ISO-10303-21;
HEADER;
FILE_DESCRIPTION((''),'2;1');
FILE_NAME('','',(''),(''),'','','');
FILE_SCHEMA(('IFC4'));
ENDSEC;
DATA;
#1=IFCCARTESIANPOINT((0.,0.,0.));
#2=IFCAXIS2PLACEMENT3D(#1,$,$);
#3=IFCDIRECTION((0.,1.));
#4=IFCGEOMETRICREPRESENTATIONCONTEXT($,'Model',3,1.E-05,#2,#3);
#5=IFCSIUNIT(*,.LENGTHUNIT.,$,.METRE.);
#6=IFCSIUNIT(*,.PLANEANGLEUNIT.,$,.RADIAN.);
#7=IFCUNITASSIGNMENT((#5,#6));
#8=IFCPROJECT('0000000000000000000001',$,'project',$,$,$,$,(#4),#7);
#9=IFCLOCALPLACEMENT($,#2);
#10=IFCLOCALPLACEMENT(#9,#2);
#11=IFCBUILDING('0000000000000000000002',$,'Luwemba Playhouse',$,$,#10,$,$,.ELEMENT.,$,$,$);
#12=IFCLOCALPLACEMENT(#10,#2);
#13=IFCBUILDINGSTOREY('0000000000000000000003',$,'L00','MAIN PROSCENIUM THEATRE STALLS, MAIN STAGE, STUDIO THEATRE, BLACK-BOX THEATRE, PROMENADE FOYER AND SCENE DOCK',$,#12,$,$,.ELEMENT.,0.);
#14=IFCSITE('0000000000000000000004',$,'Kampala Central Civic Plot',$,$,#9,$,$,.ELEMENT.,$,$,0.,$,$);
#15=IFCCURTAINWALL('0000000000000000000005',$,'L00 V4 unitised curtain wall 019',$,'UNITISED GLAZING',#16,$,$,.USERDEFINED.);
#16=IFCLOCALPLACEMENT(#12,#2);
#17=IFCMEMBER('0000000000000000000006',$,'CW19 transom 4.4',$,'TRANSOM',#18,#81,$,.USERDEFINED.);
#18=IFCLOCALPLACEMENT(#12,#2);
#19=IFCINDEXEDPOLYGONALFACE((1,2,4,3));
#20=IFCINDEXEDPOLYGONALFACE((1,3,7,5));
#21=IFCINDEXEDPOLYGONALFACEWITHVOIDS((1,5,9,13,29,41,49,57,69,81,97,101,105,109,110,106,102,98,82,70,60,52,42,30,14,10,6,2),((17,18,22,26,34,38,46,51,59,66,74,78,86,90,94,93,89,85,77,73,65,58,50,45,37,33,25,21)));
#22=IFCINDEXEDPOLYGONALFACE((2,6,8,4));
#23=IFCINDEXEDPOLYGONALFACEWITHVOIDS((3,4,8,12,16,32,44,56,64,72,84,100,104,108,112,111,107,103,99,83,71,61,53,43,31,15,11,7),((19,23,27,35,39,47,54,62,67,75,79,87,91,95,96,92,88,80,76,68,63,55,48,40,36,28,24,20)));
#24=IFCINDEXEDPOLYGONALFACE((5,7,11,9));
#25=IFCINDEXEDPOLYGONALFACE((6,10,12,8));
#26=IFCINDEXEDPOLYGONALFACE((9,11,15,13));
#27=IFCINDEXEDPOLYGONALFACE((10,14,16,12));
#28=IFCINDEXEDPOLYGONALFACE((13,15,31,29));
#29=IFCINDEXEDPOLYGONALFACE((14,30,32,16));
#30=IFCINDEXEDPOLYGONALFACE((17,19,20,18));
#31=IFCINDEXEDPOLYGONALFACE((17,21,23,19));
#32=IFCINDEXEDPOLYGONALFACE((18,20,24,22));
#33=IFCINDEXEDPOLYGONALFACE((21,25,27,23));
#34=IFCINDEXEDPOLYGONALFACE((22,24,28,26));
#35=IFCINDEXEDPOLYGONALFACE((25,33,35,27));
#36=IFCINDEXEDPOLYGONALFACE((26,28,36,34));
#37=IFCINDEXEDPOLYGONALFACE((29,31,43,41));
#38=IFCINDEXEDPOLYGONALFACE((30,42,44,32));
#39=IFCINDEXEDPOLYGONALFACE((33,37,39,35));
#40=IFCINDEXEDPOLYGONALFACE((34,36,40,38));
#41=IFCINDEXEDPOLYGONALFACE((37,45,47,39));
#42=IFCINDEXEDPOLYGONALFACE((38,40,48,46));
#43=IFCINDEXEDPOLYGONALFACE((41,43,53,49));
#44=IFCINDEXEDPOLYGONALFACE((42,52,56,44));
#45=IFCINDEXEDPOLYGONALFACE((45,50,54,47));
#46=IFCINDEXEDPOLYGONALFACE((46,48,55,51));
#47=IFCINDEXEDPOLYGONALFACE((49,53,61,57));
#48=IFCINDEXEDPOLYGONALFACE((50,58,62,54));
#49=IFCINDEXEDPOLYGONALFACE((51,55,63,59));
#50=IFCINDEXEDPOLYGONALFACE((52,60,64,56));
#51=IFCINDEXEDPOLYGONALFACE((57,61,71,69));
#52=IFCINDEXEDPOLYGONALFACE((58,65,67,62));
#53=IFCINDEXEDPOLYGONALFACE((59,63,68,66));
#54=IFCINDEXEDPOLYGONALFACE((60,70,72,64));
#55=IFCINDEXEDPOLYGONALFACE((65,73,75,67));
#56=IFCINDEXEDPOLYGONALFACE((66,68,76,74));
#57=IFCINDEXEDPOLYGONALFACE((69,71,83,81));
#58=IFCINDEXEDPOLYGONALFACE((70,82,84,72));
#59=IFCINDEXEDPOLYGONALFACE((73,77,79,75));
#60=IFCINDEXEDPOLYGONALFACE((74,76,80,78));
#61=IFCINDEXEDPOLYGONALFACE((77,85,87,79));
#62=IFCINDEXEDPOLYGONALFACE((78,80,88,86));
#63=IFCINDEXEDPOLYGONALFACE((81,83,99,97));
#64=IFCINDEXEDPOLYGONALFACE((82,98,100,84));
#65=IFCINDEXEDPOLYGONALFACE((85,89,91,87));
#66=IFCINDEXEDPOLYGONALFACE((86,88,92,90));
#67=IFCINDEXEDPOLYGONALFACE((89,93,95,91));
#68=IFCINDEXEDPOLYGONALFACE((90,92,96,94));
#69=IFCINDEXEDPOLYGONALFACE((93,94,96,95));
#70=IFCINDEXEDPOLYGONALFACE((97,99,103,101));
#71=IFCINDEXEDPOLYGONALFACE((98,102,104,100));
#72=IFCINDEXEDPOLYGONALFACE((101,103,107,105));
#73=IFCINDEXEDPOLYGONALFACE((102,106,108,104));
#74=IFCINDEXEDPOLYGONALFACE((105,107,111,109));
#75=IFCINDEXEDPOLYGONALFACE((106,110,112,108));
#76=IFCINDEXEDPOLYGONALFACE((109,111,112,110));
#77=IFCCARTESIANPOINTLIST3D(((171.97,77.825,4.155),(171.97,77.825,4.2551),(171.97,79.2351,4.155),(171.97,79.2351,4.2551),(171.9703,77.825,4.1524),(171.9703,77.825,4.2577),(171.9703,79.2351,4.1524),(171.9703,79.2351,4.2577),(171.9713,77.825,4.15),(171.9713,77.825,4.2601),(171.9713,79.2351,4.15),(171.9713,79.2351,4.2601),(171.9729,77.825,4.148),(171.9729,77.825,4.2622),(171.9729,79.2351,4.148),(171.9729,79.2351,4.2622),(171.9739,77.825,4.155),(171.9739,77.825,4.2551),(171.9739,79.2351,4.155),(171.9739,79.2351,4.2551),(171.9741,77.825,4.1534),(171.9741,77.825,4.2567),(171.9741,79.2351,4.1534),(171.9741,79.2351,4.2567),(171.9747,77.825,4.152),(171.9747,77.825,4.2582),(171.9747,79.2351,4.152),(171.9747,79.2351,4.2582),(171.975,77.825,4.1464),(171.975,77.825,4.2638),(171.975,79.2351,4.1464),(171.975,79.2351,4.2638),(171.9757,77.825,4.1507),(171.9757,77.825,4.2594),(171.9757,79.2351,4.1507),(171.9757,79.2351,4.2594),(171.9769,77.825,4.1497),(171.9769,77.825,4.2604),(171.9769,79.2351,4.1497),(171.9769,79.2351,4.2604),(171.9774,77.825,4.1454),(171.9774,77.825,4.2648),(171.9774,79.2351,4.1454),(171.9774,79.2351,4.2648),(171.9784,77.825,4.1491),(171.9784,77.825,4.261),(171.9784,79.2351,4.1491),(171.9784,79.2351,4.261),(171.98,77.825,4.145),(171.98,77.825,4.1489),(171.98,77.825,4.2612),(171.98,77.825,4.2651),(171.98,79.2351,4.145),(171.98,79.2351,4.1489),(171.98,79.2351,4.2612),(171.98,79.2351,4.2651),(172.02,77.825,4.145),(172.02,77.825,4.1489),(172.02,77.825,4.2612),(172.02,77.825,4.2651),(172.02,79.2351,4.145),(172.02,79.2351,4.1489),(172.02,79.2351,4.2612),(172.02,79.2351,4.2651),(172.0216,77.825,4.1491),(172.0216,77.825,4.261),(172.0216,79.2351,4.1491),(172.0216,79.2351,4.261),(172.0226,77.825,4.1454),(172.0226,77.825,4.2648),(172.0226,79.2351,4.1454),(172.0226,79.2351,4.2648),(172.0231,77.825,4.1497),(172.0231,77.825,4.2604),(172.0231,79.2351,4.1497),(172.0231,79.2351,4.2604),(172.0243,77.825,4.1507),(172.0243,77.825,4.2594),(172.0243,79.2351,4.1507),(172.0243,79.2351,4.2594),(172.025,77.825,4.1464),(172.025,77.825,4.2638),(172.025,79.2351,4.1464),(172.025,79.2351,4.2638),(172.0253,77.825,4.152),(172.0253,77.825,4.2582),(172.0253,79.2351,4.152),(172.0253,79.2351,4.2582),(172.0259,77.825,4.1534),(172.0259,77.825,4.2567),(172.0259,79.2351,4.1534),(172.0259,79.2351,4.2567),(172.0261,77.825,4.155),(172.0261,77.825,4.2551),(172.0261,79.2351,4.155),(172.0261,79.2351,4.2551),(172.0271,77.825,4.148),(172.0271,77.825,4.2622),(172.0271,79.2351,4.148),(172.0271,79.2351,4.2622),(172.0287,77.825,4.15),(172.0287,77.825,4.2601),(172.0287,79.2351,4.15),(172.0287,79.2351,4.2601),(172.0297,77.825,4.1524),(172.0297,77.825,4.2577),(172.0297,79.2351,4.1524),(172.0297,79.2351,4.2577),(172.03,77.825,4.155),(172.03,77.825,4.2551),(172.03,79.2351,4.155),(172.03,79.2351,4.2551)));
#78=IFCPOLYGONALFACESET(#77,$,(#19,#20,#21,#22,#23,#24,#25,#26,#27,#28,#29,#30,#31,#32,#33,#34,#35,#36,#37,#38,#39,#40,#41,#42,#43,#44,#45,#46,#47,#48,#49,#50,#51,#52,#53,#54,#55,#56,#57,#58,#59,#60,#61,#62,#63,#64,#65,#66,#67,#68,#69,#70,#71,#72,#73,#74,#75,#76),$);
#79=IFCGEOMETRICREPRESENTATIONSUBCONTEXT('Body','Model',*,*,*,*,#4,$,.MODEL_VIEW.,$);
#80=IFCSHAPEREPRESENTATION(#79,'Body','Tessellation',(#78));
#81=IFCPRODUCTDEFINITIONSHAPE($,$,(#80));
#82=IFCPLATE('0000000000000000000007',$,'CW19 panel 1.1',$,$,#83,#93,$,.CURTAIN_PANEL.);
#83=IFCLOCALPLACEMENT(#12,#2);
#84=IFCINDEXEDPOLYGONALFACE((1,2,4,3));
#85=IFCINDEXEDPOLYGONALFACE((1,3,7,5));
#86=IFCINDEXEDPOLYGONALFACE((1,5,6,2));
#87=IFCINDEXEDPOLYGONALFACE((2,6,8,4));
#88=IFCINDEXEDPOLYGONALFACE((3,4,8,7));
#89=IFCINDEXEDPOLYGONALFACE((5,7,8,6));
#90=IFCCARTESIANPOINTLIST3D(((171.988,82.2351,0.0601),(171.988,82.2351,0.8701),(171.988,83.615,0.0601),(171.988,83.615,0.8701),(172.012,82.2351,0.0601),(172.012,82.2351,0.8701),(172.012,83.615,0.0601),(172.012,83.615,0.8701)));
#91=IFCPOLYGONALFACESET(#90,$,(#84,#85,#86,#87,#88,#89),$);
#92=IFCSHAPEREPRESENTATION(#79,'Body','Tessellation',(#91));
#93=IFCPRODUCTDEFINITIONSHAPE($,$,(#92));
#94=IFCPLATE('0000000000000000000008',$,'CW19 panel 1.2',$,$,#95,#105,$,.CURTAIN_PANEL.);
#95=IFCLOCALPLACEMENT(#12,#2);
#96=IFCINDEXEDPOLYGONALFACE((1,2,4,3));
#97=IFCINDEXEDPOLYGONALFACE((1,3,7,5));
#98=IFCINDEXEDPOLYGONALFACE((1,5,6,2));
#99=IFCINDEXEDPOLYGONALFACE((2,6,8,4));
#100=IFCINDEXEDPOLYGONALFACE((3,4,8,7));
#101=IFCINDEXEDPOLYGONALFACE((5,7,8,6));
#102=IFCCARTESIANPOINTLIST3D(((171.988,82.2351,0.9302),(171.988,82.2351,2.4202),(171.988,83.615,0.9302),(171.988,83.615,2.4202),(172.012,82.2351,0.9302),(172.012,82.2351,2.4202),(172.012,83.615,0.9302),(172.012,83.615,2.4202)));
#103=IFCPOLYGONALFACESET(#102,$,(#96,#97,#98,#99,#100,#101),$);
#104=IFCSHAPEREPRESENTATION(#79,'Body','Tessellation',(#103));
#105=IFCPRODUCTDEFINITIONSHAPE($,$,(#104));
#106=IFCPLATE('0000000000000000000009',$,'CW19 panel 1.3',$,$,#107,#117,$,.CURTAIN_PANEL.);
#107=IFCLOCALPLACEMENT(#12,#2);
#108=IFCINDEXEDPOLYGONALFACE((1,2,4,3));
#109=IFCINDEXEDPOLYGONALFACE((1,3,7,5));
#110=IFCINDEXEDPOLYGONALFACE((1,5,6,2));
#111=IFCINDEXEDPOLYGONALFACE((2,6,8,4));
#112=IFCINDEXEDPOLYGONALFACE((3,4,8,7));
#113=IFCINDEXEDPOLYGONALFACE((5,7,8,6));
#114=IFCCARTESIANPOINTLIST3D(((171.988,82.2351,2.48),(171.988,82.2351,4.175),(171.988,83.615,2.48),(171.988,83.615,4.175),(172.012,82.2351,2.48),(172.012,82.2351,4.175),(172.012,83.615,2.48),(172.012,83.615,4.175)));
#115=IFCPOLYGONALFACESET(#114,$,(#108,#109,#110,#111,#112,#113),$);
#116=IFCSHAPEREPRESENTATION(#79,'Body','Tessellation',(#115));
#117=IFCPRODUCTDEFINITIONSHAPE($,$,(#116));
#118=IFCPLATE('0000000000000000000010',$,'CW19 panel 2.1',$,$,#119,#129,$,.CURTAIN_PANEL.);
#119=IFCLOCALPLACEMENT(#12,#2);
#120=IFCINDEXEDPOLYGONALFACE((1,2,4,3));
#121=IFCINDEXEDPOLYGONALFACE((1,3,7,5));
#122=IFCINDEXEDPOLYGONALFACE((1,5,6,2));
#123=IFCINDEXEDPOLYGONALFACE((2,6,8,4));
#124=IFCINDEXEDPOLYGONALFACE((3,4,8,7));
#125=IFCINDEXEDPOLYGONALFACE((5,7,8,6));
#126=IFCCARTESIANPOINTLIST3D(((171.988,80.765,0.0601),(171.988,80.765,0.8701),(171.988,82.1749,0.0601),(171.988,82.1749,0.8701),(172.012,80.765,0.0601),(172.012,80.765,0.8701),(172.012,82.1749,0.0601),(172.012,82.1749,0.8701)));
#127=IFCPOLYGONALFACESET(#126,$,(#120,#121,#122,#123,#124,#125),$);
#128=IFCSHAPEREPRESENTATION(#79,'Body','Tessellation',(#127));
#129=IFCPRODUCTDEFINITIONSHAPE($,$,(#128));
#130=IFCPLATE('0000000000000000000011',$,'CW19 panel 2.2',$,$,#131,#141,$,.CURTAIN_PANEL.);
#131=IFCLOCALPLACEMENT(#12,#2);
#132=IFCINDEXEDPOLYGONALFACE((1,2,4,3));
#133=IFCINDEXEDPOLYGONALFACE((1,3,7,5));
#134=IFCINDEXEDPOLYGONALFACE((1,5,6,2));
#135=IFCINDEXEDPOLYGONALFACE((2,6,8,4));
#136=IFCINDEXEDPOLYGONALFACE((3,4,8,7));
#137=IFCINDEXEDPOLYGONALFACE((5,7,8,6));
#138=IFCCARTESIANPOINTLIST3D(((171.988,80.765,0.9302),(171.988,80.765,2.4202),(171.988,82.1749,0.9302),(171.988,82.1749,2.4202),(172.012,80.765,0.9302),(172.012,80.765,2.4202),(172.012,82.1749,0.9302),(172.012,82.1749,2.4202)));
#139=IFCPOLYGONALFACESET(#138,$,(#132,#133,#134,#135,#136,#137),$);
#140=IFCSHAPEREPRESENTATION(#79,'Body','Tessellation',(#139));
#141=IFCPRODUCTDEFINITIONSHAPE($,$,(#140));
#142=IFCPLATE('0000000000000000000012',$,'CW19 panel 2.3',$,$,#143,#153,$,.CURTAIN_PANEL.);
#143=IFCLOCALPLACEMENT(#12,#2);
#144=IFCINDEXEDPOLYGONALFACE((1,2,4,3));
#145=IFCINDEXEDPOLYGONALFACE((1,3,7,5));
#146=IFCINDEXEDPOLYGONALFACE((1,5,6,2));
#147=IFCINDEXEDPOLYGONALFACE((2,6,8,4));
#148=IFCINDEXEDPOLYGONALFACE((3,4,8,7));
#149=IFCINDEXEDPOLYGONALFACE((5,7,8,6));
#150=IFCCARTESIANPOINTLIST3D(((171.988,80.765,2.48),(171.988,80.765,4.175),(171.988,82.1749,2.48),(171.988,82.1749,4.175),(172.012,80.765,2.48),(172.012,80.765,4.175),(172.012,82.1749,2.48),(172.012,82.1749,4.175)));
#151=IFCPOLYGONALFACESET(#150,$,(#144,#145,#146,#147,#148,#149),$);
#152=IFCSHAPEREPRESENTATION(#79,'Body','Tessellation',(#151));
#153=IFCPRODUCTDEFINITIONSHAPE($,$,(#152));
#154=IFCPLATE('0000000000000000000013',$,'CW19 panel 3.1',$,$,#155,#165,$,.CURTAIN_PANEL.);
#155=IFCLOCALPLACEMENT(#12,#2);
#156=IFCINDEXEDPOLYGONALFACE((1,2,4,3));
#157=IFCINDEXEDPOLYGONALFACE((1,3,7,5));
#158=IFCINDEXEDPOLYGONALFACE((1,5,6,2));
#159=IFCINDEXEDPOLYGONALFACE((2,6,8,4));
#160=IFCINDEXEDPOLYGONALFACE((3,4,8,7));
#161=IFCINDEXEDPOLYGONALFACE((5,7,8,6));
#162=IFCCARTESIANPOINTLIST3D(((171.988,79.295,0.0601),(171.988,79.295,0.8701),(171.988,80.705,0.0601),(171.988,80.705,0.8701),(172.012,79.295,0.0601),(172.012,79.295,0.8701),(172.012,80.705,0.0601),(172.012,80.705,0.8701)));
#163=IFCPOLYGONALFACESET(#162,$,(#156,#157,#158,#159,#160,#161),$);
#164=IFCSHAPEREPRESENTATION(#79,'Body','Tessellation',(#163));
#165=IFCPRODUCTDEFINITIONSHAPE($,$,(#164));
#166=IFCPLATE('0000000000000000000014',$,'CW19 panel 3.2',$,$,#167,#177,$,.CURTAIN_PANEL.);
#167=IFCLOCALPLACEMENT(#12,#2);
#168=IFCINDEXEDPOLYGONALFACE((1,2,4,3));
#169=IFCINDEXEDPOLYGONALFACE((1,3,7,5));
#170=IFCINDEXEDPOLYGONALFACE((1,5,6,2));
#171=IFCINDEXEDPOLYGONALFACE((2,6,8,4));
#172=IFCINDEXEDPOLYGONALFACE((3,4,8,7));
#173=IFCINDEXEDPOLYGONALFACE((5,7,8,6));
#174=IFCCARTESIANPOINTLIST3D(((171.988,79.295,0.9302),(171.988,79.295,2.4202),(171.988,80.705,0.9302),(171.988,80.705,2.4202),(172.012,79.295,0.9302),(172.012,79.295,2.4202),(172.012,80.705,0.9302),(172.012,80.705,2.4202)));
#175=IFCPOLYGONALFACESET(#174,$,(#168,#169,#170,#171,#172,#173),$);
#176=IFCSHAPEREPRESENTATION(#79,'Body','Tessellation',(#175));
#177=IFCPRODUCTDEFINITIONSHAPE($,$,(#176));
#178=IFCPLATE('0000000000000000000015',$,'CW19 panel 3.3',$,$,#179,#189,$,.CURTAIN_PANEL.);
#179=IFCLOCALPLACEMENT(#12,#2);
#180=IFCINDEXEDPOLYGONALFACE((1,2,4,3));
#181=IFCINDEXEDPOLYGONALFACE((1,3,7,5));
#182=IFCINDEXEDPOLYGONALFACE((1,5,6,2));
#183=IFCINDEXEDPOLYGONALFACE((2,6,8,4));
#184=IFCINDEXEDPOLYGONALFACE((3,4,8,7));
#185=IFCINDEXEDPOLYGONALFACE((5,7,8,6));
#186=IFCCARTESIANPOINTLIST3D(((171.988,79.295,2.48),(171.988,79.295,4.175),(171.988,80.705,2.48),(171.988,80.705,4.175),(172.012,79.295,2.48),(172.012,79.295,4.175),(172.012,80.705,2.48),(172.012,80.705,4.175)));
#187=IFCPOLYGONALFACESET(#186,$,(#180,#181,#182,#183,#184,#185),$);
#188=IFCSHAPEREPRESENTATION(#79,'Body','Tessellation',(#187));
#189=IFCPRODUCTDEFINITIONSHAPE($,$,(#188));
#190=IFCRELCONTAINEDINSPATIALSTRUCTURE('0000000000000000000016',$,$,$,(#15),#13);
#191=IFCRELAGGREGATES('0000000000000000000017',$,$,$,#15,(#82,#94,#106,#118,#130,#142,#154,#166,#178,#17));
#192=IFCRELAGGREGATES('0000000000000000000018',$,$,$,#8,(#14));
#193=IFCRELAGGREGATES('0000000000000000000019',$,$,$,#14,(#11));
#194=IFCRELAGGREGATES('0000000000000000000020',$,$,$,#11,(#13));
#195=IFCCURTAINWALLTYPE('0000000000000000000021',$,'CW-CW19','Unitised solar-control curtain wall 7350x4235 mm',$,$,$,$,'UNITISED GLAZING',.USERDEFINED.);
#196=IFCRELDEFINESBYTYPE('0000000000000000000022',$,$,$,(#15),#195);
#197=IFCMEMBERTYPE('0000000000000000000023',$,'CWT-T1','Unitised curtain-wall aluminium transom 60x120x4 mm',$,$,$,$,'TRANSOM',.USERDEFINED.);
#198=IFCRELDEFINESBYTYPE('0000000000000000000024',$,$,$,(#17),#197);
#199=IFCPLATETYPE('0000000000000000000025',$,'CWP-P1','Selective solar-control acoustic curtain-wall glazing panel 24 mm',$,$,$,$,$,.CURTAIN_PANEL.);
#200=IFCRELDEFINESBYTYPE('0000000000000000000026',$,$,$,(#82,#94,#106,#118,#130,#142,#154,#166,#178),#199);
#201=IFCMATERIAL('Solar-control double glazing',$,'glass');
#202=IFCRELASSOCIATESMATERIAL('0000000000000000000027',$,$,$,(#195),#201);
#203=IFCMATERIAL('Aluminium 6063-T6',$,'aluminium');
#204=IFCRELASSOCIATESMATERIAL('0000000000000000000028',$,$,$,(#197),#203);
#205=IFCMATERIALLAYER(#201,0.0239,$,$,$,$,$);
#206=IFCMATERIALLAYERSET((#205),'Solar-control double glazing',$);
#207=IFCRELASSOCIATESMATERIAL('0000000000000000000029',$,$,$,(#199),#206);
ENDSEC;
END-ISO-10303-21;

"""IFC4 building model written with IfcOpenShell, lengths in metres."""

from ifc_helpers import new_model, si_unit, direction, frame, origin, origin_2d, place, context, subcontext, project, spatial, rectangle, hollow_rectangle, extrude, material, layer, layer_set, material_profile, profile_set, type_object, element, aggregate, save


model = new_model("IFC4")

# Units and contexts
model_context = context("Model", 3, precision=1e-05, world=origin(), true_north=direction((0.0, 1.0)))
body_context = subcontext(model_context, "Body", "Model", "MODEL_VIEW")
ifc_project = project(units=[si_unit("LENGTHUNIT", "METRE"), si_unit("PLANEANGLEUNIT", "RADIAN")], contexts=[model_context])

# Site, building, storey
site_placement = place(None, origin())
site = spatial("IfcSite", under=ifc_project, at=site_placement, Name="Kampala Central Civic Plot", CompositionType="ELEMENT", RefElevation=0.0)
building_placement = place(site_placement, origin())
building = spatial("IfcBuilding", under=site, at=building_placement, Name="Luwemba Playhouse", CompositionType="ELEMENT")
storey_placement = place(building_placement, origin())
storey = spatial("IfcBuildingStorey", under=building, at=storey_placement, Name="L00", Description="MAIN PROSCENIUM THEATRE STALLS, MAIN STAGE, STUDIO THEATRE, BLACK-BOX THEATRE, PROMENADE FOYER AND SCENE DOCK", CompositionType="ELEMENT", Elevation=0.0)

# Curtain wall, member, plates
ifc_material_1 = material(Name="Solar-control double glazing", Category="glass")
curtain_wall_type = type_object("IfcCurtainWallType", Name="CW-CW19", Description="Unitised solar-control curtain wall 7350x4235 mm", ElementType="UNITISED GLAZING", PredefinedType="USERDEFINED", material=ifc_material_1)
curtain_wall_placement = place(storey_placement, origin())
curtain_wall = element("IfcCurtainWall", 1, at=curtain_wall_placement, inside=storey, type_object=curtain_wall_type, Name="L00 V4 unitised curtain wall 019", ObjectType="UNITISED GLAZING", PredefinedType="USERDEFINED")
ifc_material_2 = material(Name="Aluminium 6063-T6", Category="aluminium")
ifc_material_profile_1 = material_profile(ifc_material_2, hollow_rectangle(XDim=0.0601, YDim=0.1201, WallThickness=0.0039, InnerFilletRadius=0.0061, OuterFilletRadius=0.01, at=origin_2d()))
ifc_profile_set_1 = profile_set([ifc_material_profile_1], Name="Aluminium 6063-T6")
member_type_1 = type_object("IfcMemberType", Name="CWT-T1", Description="Unitised curtain-wall aluminium transom 60x120x4 mm", ElementType="TRANSOM", PredefinedType="USERDEFINED", material=ifc_profile_set_1)
member_1_placement = place(storey_placement, frame((172.0, 79.2351, 4.2051), z_axis=(0.0, -1.0, 0.0), x_axis=(1.0, 0.0, 0.0)))
member_1 = element("IfcMember", 2, at=member_1_placement, type_object=member_type_1, Name="CW19 transom 4.4", ObjectType="TRANSOM", PredefinedType="USERDEFINED", context=body_context, shape_type="SweptSolid", body=[
    extrude(hollow_rectangle(XDim=0.0601, YDim=0.1201, WallThickness=0.0039, InnerFilletRadius=0.0061, OuterFilletRadius=0.01, at=origin_2d()), origin(), (0.0, 0.0, 1.0), 1.4102),
])
ifc_layer = layer(ifc_material_1, 0.0239)
ifc_layer_set = layer_set([ifc_layer], Name="Solar-control double glazing")
plate_type = type_object("IfcPlateType", Name="CWP-P1", Description="Selective solar-control acoustic curtain-wall glazing panel 24 mm", PredefinedType="CURTAIN_PANEL", material=ifc_layer_set)
plate_1_placement = place(storey_placement, frame((172.0, 82.925, 0.0601), z_axis=(0.0, 0.0, 1.0), x_axis=(0.0, -1.0, 0.0)))
plate_1 = element("IfcPlate", 3, at=plate_1_placement, type_object=plate_type, Name="CW19 panel 1.1", PredefinedType="CURTAIN_PANEL", context=body_context, shape_type="SweptSolid", body=[
    extrude(rectangle(XDim=1.3799, YDim=0.0239, at=origin_2d()), origin(), (0.0, 0.0, 1.0), 0.8101),
])
plate_2_placement = place(storey_placement, frame((172.0, 82.925, 0.9302), z_axis=(0.0, 0.0, 1.0), x_axis=(0.0, -1.0, 0.0)))
plate_2 = element("IfcPlate", 4, at=plate_2_placement, type_object=plate_type, Name="CW19 panel 1.2", PredefinedType="CURTAIN_PANEL", context=body_context, shape_type="SweptSolid", body=[
    extrude(rectangle(XDim=1.3799, YDim=0.0239, at=origin_2d()), origin(), (0.0, 0.0, 1.0), 1.49),
])
plate_3_placement = place(storey_placement, frame((172.0, 82.925, 2.48), z_axis=(0.0, 0.0, 1.0), x_axis=(0.0, -1.0, 0.0)))
plate_3 = element("IfcPlate", 5, at=plate_3_placement, type_object=plate_type, Name="CW19 panel 1.3", PredefinedType="CURTAIN_PANEL", context=body_context, shape_type="SweptSolid", body=[
    extrude(rectangle(XDim=1.3799, YDim=0.0239, at=origin_2d()), origin(), (0.0, 0.0, 1.0), 1.6951),
])
plate_4_placement = place(storey_placement, frame((172.0, 81.47, 0.0601), z_axis=(0.0, 0.0, 1.0), x_axis=(0.0, -1.0, 0.0)))
plate_4 = element("IfcPlate", 6, at=plate_4_placement, type_object=plate_type, Name="CW19 panel 2.1", PredefinedType="CURTAIN_PANEL", context=body_context, shape_type="SweptSolid", body=[
    extrude(rectangle(XDim=1.4099, YDim=0.0239, at=origin_2d()), origin(), (0.0, 0.0, 1.0), 0.8101),
])
plate_5_placement = place(storey_placement, frame((172.0, 81.47, 0.9302), z_axis=(0.0, 0.0, 1.0), x_axis=(0.0, -1.0, 0.0)))
plate_5 = element("IfcPlate", 7, at=plate_5_placement, type_object=plate_type, Name="CW19 panel 2.2", PredefinedType="CURTAIN_PANEL", context=body_context, shape_type="SweptSolid", body=[
    extrude(rectangle(XDim=1.4099, YDim=0.0239, at=origin_2d()), origin(), (0.0, 0.0, 1.0), 1.49),
])
plate_6_placement = place(storey_placement, frame((172.0, 81.47, 2.48), z_axis=(0.0, 0.0, 1.0), x_axis=(0.0, -1.0, 0.0)))
plate_6 = element("IfcPlate", 8, at=plate_6_placement, type_object=plate_type, Name="CW19 panel 2.3", PredefinedType="CURTAIN_PANEL", context=body_context, shape_type="SweptSolid", body=[
    extrude(rectangle(XDim=1.4099, YDim=0.0239, at=origin_2d()), origin(), (0.0, 0.0, 1.0), 1.6951),
])
plate_7_placement = place(storey_placement, frame((172.0, 80.0, 0.0601), z_axis=(0.0, 0.0, 1.0), x_axis=(0.0, -1.0, 0.0)))
plate_7 = element("IfcPlate", 9, at=plate_7_placement, type_object=plate_type, Name="CW19 panel 3.1", PredefinedType="CURTAIN_PANEL", context=body_context, shape_type="SweptSolid", body=[
    extrude(rectangle(XDim=1.4099, YDim=0.0239, at=origin_2d()), origin(), (0.0, 0.0, 1.0), 0.8101),
])
plate_8_placement = place(storey_placement, frame((172.0, 80.0, 0.9302), z_axis=(0.0, 0.0, 1.0), x_axis=(0.0, -1.0, 0.0)))
plate_8 = element("IfcPlate", 10, at=plate_8_placement, type_object=plate_type, Name="CW19 panel 3.2", PredefinedType="CURTAIN_PANEL", context=body_context, shape_type="SweptSolid", body=[
    extrude(rectangle(XDim=1.4099, YDim=0.0239, at=origin_2d()), origin(), (0.0, 0.0, 1.0), 1.49),
])
plate_9_placement = place(storey_placement, frame((172.0, 80.0, 2.48), z_axis=(0.0, 0.0, 1.0), x_axis=(0.0, -1.0, 0.0)))
plate_9 = element("IfcPlate", 11, at=plate_9_placement, type_object=plate_type, Name="CW19 panel 3.3", PredefinedType="CURTAIN_PANEL", context=body_context, shape_type="SweptSolid", body=[
    extrude(rectangle(XDim=1.4099, YDim=0.0239, at=origin_2d()), origin(), (0.0, 0.0, 1.0), 1.6951),
])
aggregate(curtain_wall, [plate_1, plate_2, plate_3, plate_4, plate_5, plate_6, plate_7, plate_8, plate_9, member_1])

save(model, "model.ifc")
